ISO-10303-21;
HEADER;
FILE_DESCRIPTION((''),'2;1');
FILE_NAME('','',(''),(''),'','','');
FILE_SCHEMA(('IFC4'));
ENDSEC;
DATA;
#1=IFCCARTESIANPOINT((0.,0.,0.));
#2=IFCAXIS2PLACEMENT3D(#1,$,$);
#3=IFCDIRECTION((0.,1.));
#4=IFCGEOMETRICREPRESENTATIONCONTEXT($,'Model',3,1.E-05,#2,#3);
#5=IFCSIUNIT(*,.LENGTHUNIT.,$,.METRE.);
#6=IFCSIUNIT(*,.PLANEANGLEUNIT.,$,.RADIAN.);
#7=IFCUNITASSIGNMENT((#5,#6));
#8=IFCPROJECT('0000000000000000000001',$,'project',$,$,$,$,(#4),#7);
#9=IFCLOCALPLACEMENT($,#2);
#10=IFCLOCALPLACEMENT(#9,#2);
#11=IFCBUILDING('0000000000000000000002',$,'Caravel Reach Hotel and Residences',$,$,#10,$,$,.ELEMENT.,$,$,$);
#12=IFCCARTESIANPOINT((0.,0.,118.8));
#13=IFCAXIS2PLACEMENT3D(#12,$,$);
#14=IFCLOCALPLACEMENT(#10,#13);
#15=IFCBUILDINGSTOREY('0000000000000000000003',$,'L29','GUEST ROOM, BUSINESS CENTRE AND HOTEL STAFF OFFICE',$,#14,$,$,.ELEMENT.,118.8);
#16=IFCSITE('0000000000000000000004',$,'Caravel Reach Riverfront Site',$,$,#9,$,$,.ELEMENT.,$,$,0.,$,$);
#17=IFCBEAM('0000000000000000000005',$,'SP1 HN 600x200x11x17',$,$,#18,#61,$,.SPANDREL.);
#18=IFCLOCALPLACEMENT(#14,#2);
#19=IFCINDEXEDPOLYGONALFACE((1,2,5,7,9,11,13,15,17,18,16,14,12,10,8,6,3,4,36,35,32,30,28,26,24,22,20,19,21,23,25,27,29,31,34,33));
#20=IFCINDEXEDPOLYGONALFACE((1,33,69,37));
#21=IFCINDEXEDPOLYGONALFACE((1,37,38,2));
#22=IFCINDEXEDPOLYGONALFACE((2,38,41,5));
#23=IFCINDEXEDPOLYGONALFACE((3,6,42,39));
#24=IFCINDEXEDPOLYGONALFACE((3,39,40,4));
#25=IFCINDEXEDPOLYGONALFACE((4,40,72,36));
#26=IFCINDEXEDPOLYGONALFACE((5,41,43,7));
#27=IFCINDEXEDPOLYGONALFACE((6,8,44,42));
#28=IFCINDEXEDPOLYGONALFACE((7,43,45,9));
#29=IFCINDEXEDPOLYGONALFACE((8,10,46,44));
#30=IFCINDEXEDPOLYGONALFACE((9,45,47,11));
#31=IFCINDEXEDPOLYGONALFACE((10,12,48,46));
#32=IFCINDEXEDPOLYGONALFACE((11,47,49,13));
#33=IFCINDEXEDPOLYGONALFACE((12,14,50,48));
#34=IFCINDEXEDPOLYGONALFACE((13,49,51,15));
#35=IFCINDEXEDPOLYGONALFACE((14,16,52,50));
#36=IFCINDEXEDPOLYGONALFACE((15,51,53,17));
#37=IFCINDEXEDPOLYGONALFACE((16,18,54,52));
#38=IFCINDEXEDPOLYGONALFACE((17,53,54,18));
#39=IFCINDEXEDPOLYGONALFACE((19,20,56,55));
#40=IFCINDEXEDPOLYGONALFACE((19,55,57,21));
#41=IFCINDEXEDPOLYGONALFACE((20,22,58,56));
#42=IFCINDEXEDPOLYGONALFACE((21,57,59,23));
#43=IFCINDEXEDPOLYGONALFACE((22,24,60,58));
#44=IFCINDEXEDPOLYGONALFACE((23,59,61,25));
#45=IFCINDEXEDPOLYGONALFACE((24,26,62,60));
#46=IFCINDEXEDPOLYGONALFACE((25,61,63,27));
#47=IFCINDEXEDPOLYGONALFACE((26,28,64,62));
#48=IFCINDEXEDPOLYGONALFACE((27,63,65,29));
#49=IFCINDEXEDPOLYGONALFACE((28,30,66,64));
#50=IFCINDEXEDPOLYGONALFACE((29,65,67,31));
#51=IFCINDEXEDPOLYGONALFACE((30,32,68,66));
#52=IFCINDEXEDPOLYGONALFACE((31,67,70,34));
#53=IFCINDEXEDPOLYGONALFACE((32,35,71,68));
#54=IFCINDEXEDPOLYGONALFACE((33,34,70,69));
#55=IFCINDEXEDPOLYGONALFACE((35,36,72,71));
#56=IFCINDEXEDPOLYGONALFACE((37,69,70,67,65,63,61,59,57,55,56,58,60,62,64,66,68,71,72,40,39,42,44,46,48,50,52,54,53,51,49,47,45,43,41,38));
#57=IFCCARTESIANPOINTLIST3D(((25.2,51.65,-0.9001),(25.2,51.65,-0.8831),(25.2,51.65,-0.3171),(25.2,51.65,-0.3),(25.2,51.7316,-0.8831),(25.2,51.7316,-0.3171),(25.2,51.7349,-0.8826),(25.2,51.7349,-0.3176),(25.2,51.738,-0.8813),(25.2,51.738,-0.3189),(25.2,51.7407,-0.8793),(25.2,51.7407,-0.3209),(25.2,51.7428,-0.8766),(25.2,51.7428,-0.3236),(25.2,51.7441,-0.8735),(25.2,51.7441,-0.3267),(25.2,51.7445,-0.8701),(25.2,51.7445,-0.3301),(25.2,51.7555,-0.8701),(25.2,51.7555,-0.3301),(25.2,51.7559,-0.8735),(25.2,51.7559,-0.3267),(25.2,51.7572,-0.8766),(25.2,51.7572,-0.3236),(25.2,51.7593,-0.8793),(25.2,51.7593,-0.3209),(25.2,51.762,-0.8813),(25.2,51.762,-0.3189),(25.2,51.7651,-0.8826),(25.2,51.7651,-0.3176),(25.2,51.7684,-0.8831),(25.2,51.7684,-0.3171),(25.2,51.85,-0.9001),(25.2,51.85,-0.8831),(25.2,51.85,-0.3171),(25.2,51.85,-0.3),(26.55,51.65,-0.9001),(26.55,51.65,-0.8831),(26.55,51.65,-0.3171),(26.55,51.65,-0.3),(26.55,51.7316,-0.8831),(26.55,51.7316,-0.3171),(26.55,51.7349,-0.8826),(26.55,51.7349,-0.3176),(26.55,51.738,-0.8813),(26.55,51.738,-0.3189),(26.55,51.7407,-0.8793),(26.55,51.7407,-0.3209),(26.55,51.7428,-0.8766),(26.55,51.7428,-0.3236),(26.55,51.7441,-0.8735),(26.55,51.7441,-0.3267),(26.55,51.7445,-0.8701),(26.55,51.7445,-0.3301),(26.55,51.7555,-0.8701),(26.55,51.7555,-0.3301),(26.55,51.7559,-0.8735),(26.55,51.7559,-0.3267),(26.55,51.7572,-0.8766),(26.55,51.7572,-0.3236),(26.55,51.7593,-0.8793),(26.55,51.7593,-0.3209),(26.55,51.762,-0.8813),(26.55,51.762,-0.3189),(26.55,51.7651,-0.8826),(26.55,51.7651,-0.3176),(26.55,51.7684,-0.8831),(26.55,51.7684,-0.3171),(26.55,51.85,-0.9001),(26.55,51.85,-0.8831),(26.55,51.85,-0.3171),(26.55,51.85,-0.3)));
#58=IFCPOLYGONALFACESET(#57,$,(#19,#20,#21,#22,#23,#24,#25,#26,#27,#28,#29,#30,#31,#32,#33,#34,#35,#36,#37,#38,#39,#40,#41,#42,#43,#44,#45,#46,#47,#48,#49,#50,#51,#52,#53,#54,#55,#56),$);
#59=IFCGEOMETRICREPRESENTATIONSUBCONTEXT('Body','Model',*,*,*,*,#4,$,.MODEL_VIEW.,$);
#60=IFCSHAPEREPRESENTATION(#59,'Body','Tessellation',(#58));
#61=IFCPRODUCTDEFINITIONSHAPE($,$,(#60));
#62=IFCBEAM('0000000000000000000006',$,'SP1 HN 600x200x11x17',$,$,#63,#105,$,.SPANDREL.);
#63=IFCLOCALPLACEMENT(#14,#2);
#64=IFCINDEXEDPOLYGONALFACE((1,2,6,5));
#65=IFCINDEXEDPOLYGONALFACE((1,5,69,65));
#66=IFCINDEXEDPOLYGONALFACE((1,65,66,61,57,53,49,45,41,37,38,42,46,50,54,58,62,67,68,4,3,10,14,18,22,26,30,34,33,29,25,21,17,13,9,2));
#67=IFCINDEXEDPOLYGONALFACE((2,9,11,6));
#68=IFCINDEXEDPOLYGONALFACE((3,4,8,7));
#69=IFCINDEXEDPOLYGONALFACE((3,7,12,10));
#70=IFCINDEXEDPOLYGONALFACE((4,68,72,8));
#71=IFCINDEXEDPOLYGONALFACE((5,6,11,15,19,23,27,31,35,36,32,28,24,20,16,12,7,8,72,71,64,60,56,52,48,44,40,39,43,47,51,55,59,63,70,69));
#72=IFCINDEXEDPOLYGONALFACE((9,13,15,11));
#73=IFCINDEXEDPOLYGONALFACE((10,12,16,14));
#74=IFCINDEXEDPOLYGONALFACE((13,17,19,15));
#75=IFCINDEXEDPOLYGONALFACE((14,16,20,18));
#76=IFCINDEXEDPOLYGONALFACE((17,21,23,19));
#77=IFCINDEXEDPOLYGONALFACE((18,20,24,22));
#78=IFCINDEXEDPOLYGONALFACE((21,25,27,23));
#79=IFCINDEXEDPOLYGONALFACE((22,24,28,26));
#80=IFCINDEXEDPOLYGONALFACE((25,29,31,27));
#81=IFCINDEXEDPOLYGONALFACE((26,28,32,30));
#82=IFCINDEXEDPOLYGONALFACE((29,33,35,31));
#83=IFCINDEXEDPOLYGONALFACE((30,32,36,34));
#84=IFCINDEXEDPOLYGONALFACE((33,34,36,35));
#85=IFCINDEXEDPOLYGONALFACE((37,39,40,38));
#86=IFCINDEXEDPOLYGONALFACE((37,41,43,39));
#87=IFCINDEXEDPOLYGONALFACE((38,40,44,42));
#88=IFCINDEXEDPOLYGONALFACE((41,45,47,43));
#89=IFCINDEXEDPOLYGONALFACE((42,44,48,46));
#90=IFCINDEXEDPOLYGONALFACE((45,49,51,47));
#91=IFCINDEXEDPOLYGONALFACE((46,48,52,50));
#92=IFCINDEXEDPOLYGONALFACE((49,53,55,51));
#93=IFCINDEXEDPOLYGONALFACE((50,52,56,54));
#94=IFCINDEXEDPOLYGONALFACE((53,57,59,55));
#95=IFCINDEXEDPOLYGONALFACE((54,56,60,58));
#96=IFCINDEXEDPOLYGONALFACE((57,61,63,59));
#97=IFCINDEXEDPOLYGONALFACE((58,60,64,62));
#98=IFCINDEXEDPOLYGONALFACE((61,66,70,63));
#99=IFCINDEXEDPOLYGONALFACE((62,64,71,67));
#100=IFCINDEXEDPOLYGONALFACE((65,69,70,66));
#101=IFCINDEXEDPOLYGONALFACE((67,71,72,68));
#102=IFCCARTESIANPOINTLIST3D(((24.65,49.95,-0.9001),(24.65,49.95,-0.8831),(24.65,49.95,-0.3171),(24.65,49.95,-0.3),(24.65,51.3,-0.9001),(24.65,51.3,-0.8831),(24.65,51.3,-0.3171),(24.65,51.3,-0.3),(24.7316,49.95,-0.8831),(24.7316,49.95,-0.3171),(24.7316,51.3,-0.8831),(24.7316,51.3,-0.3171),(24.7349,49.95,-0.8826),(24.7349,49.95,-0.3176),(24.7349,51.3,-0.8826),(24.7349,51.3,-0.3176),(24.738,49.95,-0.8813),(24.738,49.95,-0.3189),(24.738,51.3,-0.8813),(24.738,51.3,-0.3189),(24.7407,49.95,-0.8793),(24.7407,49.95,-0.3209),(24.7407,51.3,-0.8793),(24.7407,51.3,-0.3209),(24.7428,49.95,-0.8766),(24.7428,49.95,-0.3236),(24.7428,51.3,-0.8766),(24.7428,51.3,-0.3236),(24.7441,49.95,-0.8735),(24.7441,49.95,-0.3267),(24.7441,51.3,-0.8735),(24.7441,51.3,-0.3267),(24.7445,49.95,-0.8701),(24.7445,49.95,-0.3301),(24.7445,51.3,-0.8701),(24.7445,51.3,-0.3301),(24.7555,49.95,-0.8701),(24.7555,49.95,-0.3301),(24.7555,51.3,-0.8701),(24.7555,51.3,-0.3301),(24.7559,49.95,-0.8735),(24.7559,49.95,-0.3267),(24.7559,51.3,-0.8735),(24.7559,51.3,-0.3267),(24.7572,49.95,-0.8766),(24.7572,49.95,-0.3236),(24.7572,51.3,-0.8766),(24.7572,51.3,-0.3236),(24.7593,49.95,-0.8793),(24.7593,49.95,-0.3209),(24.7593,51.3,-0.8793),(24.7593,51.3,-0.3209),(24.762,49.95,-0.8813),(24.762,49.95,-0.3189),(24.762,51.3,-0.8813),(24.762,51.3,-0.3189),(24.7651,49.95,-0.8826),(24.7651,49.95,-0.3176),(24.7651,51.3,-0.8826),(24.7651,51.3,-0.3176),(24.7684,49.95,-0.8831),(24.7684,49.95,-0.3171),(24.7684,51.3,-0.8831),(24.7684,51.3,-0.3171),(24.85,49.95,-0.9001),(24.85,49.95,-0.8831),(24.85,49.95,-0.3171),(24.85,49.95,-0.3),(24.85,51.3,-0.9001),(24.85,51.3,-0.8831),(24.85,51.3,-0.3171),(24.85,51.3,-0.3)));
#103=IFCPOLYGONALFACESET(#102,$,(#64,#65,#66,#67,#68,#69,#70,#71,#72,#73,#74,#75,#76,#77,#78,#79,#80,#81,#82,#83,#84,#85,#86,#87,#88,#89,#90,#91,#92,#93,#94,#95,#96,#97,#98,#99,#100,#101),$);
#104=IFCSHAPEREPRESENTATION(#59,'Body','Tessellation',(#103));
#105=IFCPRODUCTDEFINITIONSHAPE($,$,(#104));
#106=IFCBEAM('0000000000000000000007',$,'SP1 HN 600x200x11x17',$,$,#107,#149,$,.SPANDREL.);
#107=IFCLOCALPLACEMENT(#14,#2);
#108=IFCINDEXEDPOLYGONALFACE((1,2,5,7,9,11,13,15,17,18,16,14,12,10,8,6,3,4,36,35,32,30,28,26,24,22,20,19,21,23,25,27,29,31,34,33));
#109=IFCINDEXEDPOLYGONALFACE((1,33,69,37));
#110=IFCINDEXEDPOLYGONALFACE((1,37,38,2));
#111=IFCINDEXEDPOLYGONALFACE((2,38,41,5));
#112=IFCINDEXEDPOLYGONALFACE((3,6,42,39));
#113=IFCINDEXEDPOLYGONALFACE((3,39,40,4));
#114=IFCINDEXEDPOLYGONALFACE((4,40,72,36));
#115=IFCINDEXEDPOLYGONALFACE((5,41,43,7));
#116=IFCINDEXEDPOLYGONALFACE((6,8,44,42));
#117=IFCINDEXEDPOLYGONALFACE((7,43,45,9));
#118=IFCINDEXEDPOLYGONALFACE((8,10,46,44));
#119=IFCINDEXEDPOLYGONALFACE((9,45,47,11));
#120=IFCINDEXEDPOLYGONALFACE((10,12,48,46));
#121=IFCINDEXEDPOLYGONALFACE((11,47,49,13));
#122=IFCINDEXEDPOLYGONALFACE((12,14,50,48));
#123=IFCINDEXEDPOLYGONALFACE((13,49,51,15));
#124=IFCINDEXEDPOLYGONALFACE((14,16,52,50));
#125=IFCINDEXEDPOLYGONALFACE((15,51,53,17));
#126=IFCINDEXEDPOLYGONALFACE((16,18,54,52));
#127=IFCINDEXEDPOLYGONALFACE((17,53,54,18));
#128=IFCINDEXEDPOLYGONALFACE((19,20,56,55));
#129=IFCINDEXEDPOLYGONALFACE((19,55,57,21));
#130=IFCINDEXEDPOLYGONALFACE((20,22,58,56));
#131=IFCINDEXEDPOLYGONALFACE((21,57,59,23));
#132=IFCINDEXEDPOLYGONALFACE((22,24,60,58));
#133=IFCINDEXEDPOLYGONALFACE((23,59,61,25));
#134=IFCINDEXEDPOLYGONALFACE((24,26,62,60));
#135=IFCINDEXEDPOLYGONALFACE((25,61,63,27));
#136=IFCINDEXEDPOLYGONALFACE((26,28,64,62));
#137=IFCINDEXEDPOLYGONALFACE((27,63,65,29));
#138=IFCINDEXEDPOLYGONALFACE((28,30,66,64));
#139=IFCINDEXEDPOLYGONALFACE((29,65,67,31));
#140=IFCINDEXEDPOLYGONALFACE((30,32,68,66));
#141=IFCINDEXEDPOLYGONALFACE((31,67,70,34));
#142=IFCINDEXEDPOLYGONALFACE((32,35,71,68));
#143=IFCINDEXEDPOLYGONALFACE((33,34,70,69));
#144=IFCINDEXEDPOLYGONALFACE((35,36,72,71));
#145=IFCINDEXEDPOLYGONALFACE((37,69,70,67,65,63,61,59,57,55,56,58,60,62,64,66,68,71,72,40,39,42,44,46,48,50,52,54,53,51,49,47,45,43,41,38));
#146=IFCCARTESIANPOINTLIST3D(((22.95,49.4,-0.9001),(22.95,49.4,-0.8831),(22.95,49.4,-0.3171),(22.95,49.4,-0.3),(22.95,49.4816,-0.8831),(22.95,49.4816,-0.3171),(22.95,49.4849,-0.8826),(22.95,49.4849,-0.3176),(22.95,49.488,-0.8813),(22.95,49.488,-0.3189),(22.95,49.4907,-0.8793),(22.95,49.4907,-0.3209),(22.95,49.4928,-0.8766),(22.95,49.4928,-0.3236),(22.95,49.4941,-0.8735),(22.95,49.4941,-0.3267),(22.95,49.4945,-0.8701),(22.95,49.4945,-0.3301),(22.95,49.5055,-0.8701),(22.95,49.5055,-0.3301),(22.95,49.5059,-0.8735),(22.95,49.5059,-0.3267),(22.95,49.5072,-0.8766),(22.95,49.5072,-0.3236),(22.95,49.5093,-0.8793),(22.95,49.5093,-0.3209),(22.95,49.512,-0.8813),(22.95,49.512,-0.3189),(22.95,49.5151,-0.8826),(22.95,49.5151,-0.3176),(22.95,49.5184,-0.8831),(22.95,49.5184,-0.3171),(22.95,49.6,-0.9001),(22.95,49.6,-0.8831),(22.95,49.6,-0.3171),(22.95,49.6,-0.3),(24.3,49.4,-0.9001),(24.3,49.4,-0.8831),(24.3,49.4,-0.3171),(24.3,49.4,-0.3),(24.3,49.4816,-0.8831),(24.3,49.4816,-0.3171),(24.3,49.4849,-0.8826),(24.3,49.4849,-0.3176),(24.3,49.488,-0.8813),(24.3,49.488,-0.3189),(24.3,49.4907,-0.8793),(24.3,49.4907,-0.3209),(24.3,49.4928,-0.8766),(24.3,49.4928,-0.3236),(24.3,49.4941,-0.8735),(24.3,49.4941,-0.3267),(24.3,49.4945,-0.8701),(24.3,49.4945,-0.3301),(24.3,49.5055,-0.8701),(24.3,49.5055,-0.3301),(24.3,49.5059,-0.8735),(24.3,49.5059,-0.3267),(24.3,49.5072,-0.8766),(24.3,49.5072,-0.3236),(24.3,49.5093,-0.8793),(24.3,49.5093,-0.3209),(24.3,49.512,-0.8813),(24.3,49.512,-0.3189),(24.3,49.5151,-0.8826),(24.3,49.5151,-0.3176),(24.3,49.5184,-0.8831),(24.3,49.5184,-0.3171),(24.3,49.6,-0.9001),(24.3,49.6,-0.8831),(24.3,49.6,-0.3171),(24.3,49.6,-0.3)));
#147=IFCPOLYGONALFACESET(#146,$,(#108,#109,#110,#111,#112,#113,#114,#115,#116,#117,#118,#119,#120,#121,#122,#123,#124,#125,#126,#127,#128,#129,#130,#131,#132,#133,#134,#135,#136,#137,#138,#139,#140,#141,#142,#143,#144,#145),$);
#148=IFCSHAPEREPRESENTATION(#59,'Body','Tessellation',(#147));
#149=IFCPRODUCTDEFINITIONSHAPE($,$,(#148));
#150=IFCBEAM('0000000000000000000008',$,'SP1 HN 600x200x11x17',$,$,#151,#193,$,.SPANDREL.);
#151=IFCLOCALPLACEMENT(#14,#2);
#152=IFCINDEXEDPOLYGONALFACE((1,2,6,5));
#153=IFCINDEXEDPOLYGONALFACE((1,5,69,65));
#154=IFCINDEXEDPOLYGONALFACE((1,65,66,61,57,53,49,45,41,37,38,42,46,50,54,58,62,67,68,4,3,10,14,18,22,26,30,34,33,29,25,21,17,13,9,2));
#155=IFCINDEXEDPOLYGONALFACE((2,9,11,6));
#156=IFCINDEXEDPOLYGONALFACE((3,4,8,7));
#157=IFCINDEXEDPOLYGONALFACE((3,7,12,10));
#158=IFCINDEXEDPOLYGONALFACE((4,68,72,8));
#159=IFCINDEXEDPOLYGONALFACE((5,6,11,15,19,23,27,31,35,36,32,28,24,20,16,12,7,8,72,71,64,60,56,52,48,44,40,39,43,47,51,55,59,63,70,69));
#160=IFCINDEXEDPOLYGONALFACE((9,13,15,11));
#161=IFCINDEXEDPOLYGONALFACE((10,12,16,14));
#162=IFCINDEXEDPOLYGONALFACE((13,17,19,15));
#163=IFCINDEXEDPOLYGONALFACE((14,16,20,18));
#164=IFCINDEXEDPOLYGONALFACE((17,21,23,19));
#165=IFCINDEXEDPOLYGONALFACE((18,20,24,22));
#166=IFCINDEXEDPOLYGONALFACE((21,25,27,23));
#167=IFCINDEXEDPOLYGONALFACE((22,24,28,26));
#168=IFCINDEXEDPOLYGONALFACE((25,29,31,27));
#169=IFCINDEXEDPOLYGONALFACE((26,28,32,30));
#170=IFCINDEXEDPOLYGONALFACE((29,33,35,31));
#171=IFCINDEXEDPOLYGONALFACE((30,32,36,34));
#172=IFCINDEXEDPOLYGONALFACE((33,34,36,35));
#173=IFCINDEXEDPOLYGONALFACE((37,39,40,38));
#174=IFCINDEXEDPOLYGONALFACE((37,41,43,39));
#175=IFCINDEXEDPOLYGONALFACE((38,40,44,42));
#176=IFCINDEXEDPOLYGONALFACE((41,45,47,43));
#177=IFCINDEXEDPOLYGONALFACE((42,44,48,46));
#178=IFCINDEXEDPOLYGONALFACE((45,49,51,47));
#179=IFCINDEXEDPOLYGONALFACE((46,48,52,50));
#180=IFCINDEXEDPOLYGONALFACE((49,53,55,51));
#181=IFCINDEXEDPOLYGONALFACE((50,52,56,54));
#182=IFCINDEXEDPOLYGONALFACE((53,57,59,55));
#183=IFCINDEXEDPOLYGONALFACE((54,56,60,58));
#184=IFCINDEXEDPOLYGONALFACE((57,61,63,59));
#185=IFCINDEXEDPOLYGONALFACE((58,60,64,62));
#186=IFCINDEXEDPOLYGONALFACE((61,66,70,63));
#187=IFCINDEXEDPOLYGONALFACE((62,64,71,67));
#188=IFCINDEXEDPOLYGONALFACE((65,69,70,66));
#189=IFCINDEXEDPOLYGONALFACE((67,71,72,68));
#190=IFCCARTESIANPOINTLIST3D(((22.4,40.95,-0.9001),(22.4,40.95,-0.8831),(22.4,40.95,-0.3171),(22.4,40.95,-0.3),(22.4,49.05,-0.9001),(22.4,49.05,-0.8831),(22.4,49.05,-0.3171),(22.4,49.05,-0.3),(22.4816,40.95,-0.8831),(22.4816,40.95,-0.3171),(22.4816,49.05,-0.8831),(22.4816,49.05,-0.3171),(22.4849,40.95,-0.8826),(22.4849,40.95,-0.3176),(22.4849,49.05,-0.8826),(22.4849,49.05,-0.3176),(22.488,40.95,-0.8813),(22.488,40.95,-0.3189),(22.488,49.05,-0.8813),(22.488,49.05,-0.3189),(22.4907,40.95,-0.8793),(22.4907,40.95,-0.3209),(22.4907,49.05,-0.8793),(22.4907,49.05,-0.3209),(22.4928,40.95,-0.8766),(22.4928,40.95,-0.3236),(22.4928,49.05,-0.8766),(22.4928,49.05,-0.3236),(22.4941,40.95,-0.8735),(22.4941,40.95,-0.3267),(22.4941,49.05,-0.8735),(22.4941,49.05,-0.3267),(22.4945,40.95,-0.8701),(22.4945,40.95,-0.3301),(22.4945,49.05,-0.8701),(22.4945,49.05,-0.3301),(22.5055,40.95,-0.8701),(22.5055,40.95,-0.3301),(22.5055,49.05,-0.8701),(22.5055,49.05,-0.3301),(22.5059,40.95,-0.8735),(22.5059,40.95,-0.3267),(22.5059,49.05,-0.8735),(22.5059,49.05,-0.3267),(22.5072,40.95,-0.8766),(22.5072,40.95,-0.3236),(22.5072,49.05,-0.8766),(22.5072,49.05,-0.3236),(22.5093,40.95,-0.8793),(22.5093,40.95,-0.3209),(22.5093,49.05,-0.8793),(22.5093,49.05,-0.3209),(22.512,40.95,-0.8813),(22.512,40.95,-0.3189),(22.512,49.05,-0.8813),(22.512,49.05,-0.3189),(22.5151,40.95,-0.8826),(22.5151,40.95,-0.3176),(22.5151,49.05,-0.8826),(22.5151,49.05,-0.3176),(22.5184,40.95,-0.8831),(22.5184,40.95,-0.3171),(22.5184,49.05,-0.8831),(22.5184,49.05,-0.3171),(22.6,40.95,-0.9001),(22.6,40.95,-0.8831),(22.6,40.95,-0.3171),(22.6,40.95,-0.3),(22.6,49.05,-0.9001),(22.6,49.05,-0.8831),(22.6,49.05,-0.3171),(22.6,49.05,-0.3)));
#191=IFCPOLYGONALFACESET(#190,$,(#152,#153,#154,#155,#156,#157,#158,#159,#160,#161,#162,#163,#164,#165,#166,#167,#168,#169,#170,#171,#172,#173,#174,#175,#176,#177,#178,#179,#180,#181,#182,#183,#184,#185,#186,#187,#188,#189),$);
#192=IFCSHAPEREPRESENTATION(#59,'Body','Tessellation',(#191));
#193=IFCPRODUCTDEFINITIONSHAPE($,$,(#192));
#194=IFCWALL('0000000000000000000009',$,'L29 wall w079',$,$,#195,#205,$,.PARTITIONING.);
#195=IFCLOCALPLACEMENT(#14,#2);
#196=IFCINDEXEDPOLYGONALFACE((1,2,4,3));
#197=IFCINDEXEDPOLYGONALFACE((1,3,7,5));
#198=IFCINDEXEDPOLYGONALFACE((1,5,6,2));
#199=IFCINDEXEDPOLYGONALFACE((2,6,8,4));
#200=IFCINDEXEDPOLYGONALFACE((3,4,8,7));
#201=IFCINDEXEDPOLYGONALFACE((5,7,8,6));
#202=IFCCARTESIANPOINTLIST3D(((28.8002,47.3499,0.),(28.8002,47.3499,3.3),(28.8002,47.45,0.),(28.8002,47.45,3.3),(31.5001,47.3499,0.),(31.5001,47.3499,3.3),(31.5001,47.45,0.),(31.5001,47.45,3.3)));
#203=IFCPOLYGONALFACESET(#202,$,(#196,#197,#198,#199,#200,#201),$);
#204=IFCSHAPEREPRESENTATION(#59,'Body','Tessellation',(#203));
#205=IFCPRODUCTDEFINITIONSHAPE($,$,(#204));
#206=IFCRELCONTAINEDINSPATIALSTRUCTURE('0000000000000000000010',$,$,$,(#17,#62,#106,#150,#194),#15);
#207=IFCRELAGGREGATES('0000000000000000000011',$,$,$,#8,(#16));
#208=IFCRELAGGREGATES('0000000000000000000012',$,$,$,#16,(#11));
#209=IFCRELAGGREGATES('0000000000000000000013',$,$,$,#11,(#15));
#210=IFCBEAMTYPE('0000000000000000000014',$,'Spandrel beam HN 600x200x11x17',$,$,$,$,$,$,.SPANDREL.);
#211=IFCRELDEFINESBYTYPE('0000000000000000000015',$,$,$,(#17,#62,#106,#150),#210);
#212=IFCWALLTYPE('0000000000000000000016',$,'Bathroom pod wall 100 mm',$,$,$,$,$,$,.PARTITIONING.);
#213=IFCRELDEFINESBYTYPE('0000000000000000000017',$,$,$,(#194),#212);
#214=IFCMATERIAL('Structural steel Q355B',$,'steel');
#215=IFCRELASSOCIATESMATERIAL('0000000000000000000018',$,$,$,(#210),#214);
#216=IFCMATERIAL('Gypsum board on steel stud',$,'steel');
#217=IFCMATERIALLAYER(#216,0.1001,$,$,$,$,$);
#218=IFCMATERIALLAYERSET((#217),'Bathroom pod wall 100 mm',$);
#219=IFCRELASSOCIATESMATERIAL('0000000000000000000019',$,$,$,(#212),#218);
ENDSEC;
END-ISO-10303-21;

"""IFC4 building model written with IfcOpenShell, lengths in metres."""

from ifc_helpers import new_model, si_unit, direction, frame, frame_2d, origin, origin_2d, place, context, subcontext, project, spatial, rectangle, i_section, extrude, material, layer, layer_set, material_profile, profile_set, type_object, element, save


model = new_model("IFC4")

# Units and contexts
model_context = context("Model", 3, precision=1e-05, world=origin(), true_north=direction((0.0, 1.0)))
body_context = subcontext(model_context, "Body", "Model", "MODEL_VIEW")
ifc_project = project(units=[si_unit("LENGTHUNIT", "METRE"), si_unit("PLANEANGLEUNIT", "RADIAN")], contexts=[model_context])

# Site, building, storey
site_placement = place(None, origin())
site = spatial("IfcSite", under=ifc_project, at=site_placement, Name="Caravel Reach Riverfront Site", CompositionType="ELEMENT", RefElevation=0.0)
building_placement = place(site_placement, origin())
building = spatial("IfcBuilding", under=site, at=building_placement, Name="Caravel Reach Hotel and Residences", CompositionType="ELEMENT")
storey_placement = place(building_placement, frame((0.0, 0.0, 118.8)))
storey = spatial("IfcBuildingStorey", under=building, at=storey_placement, Name="L29", Description="GUEST ROOM, BUSINESS CENTRE AND HOTEL STAFF OFFICE", CompositionType="ELEMENT", Elevation=118.8)

# Beams
ifc_material_1 = material(Name="Structural steel Q355B", Category="steel")
ifc_material_profile_1 = material_profile(ifc_material_1, i_section(OverallWidth=0.2, OverallDepth=0.6001, WebThickness=0.011, FlangeThickness=0.0171, FilletRadius=0.0129, at=origin_2d()), Name="HN 600x200x11x17")
ifc_profile_set_1 = profile_set([ifc_material_profile_1], Name="Structural steel Q355B")
beam_type_1 = type_object("IfcBeamType", Name="Spandrel beam HN 600x200x11x17", PredefinedType="SPANDREL", material=ifc_profile_set_1)
for number, where, z_axis, x_axis, name in (
    (1, (26.55, 51.75, -0.6001), (-1.0, 0.0, 0.0), (0.0, -1.0, 0.0), "SP1 HN 600x200x11x17"),
    (2, (24.75, 51.3, -0.6001), (0.0, -1.0, 0.0), (1.0, 0.0, 0.0), "SP1 HN 600x200x11x17"),
    (3, (24.3, 49.5, -0.6001), (-1.0, 0.0, 0.0), (0.0, -1.0, 0.0), "SP1 HN 600x200x11x17"),
):
    element("IfcBeam", number, at=place(storey_placement, frame(where, z_axis=z_axis, x_axis=x_axis)), inside=storey, type_object=beam_type_1, Name=name, PredefinedType="SPANDREL", context=body_context, shape_type="SweptSolid", body=[
        extrude(i_section(OverallWidth=0.2, OverallDepth=0.6001, WebThickness=0.011, FlangeThickness=0.0171, FilletRadius=0.0129, at=origin_2d()), origin(), (0.0, 0.0, 1.0), 1.3501),
    ])
beam_1_placement = place(storey_placement, frame((22.5, 49.05, -0.6001), z_axis=(0.0, -1.0, 0.0), x_axis=(1.0, 0.0, 0.0)))
element("IfcBeam", 4, at=beam_1_placement, inside=storey, type_object=beam_type_1, Name="SP1 HN 600x200x11x17", PredefinedType="SPANDREL", context=body_context, shape_type="SweptSolid", body=[
    extrude(i_section(OverallWidth=0.2, OverallDepth=0.6001, WebThickness=0.011, FlangeThickness=0.0171, FilletRadius=0.0129, at=origin_2d()), origin(), (0.0, 0.0, 1.0), 8.1001),
])

# Wall
ifc_material_2 = material(Name="Gypsum board on steel stud", Category="steel")
ifc_layer_1 = layer(ifc_material_2, 0.1001)
ifc_layer_set_1 = layer_set([ifc_layer_1], Name="Bathroom pod wall 100 mm")
wall_type_1 = type_object("IfcWallType", Name="Bathroom pod wall 100 mm", PredefinedType="PARTITIONING", material=ifc_layer_set_1)
wall_1_placement = place(storey_placement, frame((28.8, 47.3999, 0.0), z_axis=(0.0, 0.0, 1.0), x_axis=(1.0, 0.0, 0.0)))
element("IfcWall", 5, at=wall_1_placement, inside=storey, type_object=wall_type_1, Name="L29 wall w079", PredefinedType="PARTITIONING", context=body_context, shape_type="SweptSolid", body=[
    extrude(rectangle(XDim=2.7, YDim=0.1001, at=frame_2d((1.3501, 0.0))), origin(), (0.0, 0.0, 1.0), 3.3),
])

save(model, "model.ifc")
